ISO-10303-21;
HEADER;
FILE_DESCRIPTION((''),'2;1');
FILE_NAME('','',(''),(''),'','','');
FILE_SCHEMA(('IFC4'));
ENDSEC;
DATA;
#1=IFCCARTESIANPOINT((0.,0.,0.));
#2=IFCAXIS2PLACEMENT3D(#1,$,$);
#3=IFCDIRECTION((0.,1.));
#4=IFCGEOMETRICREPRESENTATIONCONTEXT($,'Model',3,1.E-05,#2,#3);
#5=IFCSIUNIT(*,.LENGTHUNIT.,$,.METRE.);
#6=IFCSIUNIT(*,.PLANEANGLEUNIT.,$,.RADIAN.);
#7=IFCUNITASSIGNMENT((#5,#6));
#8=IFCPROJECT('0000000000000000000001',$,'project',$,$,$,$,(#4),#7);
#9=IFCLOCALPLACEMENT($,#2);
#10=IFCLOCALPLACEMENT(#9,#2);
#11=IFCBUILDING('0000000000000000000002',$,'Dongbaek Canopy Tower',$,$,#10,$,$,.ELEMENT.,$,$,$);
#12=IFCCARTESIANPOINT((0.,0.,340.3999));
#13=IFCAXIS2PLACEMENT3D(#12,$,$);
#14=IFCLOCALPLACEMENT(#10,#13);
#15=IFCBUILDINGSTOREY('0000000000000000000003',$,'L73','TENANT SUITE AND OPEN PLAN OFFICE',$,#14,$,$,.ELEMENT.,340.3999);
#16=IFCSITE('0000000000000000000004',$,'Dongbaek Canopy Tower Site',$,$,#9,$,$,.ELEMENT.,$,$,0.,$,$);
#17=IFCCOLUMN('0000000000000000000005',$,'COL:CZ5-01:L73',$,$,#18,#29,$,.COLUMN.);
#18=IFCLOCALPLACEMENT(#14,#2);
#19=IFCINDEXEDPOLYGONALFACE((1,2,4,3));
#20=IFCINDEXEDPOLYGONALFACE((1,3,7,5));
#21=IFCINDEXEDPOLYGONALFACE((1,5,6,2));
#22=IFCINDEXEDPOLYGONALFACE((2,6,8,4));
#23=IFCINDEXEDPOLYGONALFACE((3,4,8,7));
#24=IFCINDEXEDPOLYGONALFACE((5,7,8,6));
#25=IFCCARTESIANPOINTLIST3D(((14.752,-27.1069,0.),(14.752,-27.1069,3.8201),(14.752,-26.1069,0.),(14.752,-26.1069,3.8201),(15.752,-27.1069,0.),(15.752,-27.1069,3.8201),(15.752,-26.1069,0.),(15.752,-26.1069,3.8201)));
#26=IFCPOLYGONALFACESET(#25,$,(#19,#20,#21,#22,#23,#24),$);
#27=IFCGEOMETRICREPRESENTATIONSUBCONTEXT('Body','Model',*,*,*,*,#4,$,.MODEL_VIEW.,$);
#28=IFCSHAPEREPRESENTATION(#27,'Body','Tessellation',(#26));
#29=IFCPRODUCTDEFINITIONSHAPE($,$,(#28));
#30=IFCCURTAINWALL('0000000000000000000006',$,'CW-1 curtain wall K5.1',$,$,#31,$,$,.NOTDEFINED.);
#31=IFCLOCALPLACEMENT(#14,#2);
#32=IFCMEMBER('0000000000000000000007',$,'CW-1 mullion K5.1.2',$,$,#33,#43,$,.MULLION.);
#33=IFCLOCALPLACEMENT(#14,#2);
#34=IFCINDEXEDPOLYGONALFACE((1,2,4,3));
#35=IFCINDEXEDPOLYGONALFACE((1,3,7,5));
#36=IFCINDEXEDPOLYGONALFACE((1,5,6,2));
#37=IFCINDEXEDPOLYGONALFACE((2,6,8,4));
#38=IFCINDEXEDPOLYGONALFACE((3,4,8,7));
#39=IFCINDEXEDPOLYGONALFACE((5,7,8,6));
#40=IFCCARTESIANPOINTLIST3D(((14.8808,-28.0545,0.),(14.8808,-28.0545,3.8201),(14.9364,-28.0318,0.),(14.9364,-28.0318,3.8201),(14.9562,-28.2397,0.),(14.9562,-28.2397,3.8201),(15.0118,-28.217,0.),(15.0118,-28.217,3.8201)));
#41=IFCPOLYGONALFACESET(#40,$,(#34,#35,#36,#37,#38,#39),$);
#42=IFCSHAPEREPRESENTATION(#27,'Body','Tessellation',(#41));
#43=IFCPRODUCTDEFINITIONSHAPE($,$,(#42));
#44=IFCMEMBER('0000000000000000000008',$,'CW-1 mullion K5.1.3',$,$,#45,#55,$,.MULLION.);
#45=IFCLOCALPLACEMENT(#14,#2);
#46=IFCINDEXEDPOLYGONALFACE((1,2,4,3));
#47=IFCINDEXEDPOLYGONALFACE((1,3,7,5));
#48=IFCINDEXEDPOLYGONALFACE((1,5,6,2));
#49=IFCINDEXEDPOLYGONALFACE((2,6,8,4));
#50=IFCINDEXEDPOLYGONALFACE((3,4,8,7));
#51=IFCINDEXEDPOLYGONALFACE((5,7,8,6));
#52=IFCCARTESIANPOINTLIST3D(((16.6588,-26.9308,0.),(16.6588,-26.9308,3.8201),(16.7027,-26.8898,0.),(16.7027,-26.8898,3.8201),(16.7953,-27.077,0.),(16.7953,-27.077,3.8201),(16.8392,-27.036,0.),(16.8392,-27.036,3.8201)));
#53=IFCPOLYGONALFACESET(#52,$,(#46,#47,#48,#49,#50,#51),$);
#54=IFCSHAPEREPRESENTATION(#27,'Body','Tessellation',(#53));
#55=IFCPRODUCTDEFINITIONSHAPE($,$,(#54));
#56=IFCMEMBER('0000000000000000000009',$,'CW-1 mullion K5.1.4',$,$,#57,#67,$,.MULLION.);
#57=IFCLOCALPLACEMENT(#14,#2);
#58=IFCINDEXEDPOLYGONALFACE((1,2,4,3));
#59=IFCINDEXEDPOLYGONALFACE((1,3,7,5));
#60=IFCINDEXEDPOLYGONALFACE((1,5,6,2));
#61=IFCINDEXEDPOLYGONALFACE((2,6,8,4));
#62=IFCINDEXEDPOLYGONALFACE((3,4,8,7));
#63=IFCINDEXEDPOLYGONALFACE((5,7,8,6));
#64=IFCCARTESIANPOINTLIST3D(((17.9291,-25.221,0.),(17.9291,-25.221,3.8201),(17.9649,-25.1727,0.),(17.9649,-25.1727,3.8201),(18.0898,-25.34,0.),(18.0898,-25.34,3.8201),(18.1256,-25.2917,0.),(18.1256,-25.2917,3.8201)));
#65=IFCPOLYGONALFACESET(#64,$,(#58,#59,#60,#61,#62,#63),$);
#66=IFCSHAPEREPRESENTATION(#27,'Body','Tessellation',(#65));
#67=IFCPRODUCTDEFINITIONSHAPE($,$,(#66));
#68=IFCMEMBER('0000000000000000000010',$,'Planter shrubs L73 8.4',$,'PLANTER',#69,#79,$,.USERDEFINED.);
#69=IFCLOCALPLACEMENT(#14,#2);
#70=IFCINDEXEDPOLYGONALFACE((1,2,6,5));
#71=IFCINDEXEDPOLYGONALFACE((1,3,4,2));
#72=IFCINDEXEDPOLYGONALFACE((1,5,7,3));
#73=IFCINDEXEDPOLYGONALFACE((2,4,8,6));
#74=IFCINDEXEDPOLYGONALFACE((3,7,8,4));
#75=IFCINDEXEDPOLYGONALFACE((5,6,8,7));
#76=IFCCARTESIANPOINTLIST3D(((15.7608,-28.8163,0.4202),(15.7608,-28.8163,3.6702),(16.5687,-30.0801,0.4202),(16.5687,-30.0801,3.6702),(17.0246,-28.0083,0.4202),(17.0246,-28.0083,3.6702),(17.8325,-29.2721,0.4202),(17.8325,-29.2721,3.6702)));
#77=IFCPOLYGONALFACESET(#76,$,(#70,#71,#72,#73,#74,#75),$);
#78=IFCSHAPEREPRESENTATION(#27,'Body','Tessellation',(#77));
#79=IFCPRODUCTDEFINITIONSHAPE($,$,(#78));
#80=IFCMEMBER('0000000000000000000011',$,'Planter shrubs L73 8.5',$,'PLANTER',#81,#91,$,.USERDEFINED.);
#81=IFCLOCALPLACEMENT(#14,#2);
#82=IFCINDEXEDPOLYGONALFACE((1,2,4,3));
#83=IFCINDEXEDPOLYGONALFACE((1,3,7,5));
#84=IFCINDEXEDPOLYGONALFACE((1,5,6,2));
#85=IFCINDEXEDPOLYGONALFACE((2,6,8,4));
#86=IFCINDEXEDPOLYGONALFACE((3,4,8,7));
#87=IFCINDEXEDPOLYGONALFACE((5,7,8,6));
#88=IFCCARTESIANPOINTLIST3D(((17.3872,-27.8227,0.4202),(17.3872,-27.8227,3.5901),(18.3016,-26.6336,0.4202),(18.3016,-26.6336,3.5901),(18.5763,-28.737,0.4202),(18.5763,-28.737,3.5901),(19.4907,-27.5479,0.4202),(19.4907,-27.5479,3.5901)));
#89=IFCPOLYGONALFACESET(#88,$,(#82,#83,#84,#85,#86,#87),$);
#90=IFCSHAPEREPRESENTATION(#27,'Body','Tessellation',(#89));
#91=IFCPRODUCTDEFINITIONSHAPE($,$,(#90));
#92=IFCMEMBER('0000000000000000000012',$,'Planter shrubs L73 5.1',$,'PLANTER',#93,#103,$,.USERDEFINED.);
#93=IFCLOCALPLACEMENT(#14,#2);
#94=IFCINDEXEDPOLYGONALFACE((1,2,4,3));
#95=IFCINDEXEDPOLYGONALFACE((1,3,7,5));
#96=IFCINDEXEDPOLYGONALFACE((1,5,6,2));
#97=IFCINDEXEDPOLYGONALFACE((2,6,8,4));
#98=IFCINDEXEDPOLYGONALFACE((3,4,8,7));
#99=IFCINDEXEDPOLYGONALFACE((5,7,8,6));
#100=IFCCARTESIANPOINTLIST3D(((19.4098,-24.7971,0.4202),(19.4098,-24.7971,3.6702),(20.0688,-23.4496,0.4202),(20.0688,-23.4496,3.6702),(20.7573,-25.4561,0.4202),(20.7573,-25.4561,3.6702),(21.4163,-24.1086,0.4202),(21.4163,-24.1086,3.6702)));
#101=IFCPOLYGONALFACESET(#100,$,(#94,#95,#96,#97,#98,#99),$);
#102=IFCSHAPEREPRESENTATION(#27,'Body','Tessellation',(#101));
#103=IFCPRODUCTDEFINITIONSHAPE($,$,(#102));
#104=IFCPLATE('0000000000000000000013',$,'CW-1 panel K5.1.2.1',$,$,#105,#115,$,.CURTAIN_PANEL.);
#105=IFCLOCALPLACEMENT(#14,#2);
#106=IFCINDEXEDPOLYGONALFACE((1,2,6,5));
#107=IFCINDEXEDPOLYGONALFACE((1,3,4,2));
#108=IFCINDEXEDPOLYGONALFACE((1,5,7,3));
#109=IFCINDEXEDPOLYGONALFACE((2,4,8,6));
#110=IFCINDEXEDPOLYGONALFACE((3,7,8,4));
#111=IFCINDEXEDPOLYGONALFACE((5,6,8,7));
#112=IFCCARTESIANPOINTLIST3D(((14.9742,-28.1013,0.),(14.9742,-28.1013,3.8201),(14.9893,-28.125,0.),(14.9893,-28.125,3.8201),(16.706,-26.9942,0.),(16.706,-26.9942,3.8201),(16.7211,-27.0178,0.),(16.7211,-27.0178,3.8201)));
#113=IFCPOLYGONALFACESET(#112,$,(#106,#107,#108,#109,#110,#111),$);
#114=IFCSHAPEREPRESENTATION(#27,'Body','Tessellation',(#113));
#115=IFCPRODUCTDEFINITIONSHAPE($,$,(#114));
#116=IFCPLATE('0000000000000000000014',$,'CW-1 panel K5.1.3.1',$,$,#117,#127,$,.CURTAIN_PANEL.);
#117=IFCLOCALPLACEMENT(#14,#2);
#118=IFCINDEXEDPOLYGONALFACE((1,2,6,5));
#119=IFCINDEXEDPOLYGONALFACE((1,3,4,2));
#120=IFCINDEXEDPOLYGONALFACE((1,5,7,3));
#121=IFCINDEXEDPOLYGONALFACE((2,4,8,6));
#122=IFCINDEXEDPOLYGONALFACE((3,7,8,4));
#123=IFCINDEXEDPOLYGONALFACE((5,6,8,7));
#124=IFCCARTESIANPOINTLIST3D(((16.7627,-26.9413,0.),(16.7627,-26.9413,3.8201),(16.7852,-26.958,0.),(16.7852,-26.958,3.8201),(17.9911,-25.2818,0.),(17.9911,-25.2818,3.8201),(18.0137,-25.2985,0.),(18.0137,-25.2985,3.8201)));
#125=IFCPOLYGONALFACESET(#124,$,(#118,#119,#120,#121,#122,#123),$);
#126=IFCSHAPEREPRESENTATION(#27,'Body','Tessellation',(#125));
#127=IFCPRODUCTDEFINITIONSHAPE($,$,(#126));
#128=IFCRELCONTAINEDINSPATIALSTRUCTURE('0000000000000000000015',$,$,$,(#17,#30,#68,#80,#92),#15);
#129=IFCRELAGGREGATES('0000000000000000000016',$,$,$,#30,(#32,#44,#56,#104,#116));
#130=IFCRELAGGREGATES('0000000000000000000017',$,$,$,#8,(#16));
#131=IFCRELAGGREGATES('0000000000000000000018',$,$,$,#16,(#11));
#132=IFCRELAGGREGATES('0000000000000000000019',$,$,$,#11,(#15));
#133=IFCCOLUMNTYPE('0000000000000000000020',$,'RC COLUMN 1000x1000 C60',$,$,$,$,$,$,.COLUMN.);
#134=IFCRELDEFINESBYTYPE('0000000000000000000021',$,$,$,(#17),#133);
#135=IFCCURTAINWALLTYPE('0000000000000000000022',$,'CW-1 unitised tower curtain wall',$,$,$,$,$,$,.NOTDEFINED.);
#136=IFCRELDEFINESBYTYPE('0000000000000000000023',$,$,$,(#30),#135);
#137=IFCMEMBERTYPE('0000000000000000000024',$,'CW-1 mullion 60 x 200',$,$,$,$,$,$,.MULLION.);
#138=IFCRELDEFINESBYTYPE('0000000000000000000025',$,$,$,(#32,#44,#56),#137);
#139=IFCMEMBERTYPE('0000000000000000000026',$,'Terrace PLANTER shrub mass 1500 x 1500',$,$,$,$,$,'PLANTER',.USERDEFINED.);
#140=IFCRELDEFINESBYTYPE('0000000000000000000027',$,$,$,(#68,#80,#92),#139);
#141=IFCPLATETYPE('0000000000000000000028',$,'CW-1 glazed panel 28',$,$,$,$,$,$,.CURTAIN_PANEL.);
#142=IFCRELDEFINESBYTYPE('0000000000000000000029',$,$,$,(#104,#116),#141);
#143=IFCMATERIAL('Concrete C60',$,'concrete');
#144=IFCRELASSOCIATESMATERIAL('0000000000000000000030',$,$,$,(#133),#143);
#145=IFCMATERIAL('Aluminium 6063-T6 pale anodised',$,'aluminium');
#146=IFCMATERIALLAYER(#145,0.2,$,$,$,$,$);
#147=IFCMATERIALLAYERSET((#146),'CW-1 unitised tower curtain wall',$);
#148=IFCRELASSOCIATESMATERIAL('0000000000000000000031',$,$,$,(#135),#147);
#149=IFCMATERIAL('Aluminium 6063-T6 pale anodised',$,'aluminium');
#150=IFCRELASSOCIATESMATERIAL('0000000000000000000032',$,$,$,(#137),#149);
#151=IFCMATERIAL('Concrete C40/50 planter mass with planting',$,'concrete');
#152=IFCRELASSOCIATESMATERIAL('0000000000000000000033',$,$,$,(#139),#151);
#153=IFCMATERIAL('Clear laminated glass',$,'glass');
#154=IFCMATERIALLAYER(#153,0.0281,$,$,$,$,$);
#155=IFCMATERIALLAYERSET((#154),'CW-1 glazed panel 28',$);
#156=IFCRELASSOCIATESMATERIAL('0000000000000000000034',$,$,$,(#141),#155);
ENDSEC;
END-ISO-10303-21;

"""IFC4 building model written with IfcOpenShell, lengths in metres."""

from ifc_helpers import new_model, si_unit, direction, frame, origin, origin_2d, place, context, subcontext, project, spatial, rectangle, extrude, material, layer, layer_set, material_profile, profile_set, type_object, element, aggregate, save


model = new_model("IFC4")

# Units and contexts
model_context = context("Model", 3, precision=1e-05, world=origin(), true_north=direction((0.0, 1.0)))
body_context = subcontext(model_context, "Body", "Model", "MODEL_VIEW")
ifc_project = project(units=[si_unit("LENGTHUNIT", "METRE"), si_unit("PLANEANGLEUNIT", "RADIAN")], contexts=[model_context])

# Site, building, storey
site_placement = place(None, origin())
site = spatial("IfcSite", under=ifc_project, at=site_placement, Name="Dongbaek Canopy Tower Site", CompositionType="ELEMENT", RefElevation=0.0)
building_placement = place(site_placement, origin())
building = spatial("IfcBuilding", under=site, at=building_placement, Name="Dongbaek Canopy Tower", CompositionType="ELEMENT")
storey_placement = place(building_placement, frame((0.0, 0.0, 340.3999)))
storey = spatial("IfcBuildingStorey", under=building, at=storey_placement, Name="L73", Description="TENANT SUITE AND OPEN PLAN OFFICE", CompositionType="ELEMENT", Elevation=340.3999)

# Column
ifc_material_1 = material(Name="Concrete C60", Category="concrete")
ifc_material_profile_1 = material_profile(ifc_material_1, rectangle(XDim=1.0, YDim=1.0, at=origin_2d()), Name="RC COLUMN 1000x1000 C60")
ifc_profile_set_1 = profile_set([ifc_material_profile_1], Name="Concrete C60")
column_type = type_object("IfcColumnType", Name="RC COLUMN 1000x1000 C60", PredefinedType="COLUMN", material=ifc_profile_set_1)
column_placement = place(storey_placement, frame((15.252, -26.6069, 0.0), z_axis=(0.0, 0.0, 1.0), x_axis=(1.0, 0.0, 0.0)))
element("IfcColumn", 1, at=column_placement, inside=storey, type_object=column_type, Name="COL:CZ5-01:L73", PredefinedType="COLUMN", context=body_context, shape_type="SweptSolid", body=[
    extrude(rectangle(XDim=1.0, YDim=1.0, at=origin_2d()), origin(), (0.0, 0.0, 1.0), 3.8201),
])

# Curtain wall, members
ifc_material_2 = material(Name="Aluminium 6063-T6 pale anodised", Category="aluminium")
ifc_layer_1 = layer(ifc_material_2, 0.2)
ifc_layer_set_1 = layer_set([ifc_layer_1], Name="CW-1 unitised tower curtain wall")
curtain_wall_type = type_object("IfcCurtainWallType", Name="CW-1 unitised tower curtain wall", PredefinedType="NOTDEFINED", material=ifc_layer_set_1)
curtain_wall_placement = place(storey_placement, origin())
curtain_wall = element("IfcCurtainWall", 2, at=curtain_wall_placement, inside=storey, type_object=curtain_wall_type, Name="CW-1 curtain wall K5.1", PredefinedType="NOTDEFINED")
ifc_material_3 = material(Name="Aluminium 6063-T6 pale anodised", Category="aluminium")
ifc_material_profile_2 = material_profile(ifc_material_3, rectangle(XDim=0.2, YDim=0.0601, at=origin_2d()), Name="CW-1 mullion 60 x 200")
ifc_profile_set_2 = profile_set([ifc_material_profile_2], Name="Aluminium 6063-T6 pale anodised")
member_type_1 = type_object("IfcMemberType", Name="CW-1 mullion 60 x 200", PredefinedType="MULLION", material=ifc_profile_set_2)
member_1_placement = place(storey_placement, frame((14.9463, -28.1357, 0.0), z_axis=(0.0, 0.0, 1.0), x_axis=(0.376884, -0.92626, 0.0)))
member_1 = element("IfcMember", 3, at=member_1_placement, type_object=member_type_1, Name="CW-1 mullion K5.1.2", PredefinedType="MULLION", context=body_context, shape_type="SweptSolid", body=[
    extrude(rectangle(XDim=0.2, YDim=0.0601, at=origin_2d()), origin(), (0.0, 0.0, 1.0), 3.8201),
])
member_2_placement = place(storey_placement, frame((16.749, -26.9834, 0.0), z_axis=(0.0, 0.0, 1.0), x_axis=(0.682504, -0.730882, 0.0)))
member_2 = element("IfcMember", 4, at=member_2_placement, type_object=member_type_1, Name="CW-1 mullion K5.1.3", PredefinedType="MULLION", context=body_context, shape_type="SweptSolid", body=[
    extrude(rectangle(XDim=0.2, YDim=0.0601, at=origin_2d()), origin(), (0.0, 0.0, 1.0), 3.8201),
])
member_3_placement = place(storey_placement, frame((18.0273, -25.2563, 0.0), z_axis=(0.0, 0.0, 1.0), x_axis=(0.803743, -0.594977, 0.0)))
member_3 = element("IfcMember", 5, at=member_3_placement, type_object=member_type_1, Name="CW-1 mullion K5.1.4", PredefinedType="MULLION", context=body_context, shape_type="SweptSolid", body=[
    extrude(rectangle(XDim=0.2, YDim=0.0601, at=origin_2d()), origin(), (0.0, 0.0, 1.0), 3.8201),
])

# Members
ifc_material_4 = material(Name="Concrete C40/50 planter mass with planting", Category="concrete")
ifc_material_profile_3 = material_profile(ifc_material_4, rectangle(XDim=1.5, YDim=1.5, at=origin_2d()), Name="Terrace PLANTER shrub mass 1500 x 1500")
ifc_profile_set_3 = profile_set([ifc_material_profile_3], Name="Concrete C40/50 planter mass with planting")
member_type_2 = type_object("IfcMemberType", Name="Terrace PLANTER shrub mass 1500 x 1500", ElementType="PLANTER", PredefinedType="USERDEFINED", material=ifc_profile_set_3)
member_4_placement = place(storey_placement, frame((16.7966, -29.0442, 0.4202), z_axis=(0.0, 0.0, 1.0), x_axis=(0.538627, -0.842544, 0.0)))
element("IfcMember", 6, at=member_4_placement, inside=storey, type_object=member_type_2, Name="Planter shrubs L73 8.4", ObjectType="PLANTER", PredefinedType="USERDEFINED", context=body_context, shape_type="SweptSolid", body=[
    extrude(rectangle(XDim=1.5, YDim=1.5, at=origin_2d()), origin(), (0.0, 0.0, 1.0), 3.25),
])
member_5_placement = place(storey_placement, frame((18.439, -27.6853, 0.4202), z_axis=(0.0, 0.0, 1.0), x_axis=(0.792732, -0.609571, 0.0)))
element("IfcMember", 7, at=member_5_placement, inside=storey, type_object=member_type_2, Name="Planter shrubs L73 8.5", ObjectType="PLANTER", PredefinedType="USERDEFINED", context=body_context, shape_type="SweptSolid", body=[
    extrude(rectangle(XDim=1.5, YDim=1.5, at=origin_2d()), origin(), (0.0, 0.0, 1.0), 3.1699),
])
member_6_placement = place(storey_placement, frame((20.4131, -24.4529, 0.4202), z_axis=(0.0, 0.0, 1.0), x_axis=(0.898322, -0.439337, 0.0)))
element("IfcMember", 8, at=member_6_placement, inside=storey, type_object=member_type_2, Name="Planter shrubs L73 5.1", ObjectType="PLANTER", PredefinedType="USERDEFINED", context=body_context, shape_type="SweptSolid", body=[
    extrude(rectangle(XDim=1.5, YDim=1.5, at=origin_2d()), origin(), (0.0, 0.0, 1.0), 3.25),
])

# Plates
ifc_material_5 = material(Name="Clear laminated glass", Category="glass")
ifc_layer_2 = layer(ifc_material_5, 0.0281)
ifc_layer_set_2 = layer_set([ifc_layer_2], Name="CW-1 glazed panel 28")
plate_type = type_object("IfcPlateType", Name="CW-1 glazed panel 28", PredefinedType="CURTAIN_PANEL", material=ifc_layer_set_2)
plate_1_placement = place(storey_placement, frame((15.8477, -27.5596, 0.0), z_axis=(0.0, 0.0, 1.0), x_axis=(0.842544, 0.538627, 0.0)))
plate_1 = element("IfcPlate", 9, at=plate_1_placement, type_object=plate_type, Name="CW-1 panel K5.1.2.1", PredefinedType="CURTAIN_PANEL", context=body_context, shape_type="SweptSolid", body=[
    extrude(rectangle(XDim=2.0554, YDim=0.0281, at=origin_2d()), origin(), (0.0, 0.0, 1.0), 3.8201),
])
plate_2_placement = place(storey_placement, frame((17.3882, -26.1199, 0.0), z_axis=(0.0, 0.0, 1.0), x_axis=(0.594977, 0.803743, 0.0)))
plate_2 = element("IfcPlate", 10, at=plate_2_placement, type_object=plate_type, Name="CW-1 panel K5.1.3.1", PredefinedType="CURTAIN_PANEL", context=body_context, shape_type="SweptSolid", body=[
    extrude(rectangle(XDim=2.0647, YDim=0.0281, at=origin_2d()), origin(), (0.0, 0.0, 1.0), 3.8201),
])
aggregate(curtain_wall, [member_1, member_2, member_3, plate_1, plate_2])

save(model, "model.ifc")
